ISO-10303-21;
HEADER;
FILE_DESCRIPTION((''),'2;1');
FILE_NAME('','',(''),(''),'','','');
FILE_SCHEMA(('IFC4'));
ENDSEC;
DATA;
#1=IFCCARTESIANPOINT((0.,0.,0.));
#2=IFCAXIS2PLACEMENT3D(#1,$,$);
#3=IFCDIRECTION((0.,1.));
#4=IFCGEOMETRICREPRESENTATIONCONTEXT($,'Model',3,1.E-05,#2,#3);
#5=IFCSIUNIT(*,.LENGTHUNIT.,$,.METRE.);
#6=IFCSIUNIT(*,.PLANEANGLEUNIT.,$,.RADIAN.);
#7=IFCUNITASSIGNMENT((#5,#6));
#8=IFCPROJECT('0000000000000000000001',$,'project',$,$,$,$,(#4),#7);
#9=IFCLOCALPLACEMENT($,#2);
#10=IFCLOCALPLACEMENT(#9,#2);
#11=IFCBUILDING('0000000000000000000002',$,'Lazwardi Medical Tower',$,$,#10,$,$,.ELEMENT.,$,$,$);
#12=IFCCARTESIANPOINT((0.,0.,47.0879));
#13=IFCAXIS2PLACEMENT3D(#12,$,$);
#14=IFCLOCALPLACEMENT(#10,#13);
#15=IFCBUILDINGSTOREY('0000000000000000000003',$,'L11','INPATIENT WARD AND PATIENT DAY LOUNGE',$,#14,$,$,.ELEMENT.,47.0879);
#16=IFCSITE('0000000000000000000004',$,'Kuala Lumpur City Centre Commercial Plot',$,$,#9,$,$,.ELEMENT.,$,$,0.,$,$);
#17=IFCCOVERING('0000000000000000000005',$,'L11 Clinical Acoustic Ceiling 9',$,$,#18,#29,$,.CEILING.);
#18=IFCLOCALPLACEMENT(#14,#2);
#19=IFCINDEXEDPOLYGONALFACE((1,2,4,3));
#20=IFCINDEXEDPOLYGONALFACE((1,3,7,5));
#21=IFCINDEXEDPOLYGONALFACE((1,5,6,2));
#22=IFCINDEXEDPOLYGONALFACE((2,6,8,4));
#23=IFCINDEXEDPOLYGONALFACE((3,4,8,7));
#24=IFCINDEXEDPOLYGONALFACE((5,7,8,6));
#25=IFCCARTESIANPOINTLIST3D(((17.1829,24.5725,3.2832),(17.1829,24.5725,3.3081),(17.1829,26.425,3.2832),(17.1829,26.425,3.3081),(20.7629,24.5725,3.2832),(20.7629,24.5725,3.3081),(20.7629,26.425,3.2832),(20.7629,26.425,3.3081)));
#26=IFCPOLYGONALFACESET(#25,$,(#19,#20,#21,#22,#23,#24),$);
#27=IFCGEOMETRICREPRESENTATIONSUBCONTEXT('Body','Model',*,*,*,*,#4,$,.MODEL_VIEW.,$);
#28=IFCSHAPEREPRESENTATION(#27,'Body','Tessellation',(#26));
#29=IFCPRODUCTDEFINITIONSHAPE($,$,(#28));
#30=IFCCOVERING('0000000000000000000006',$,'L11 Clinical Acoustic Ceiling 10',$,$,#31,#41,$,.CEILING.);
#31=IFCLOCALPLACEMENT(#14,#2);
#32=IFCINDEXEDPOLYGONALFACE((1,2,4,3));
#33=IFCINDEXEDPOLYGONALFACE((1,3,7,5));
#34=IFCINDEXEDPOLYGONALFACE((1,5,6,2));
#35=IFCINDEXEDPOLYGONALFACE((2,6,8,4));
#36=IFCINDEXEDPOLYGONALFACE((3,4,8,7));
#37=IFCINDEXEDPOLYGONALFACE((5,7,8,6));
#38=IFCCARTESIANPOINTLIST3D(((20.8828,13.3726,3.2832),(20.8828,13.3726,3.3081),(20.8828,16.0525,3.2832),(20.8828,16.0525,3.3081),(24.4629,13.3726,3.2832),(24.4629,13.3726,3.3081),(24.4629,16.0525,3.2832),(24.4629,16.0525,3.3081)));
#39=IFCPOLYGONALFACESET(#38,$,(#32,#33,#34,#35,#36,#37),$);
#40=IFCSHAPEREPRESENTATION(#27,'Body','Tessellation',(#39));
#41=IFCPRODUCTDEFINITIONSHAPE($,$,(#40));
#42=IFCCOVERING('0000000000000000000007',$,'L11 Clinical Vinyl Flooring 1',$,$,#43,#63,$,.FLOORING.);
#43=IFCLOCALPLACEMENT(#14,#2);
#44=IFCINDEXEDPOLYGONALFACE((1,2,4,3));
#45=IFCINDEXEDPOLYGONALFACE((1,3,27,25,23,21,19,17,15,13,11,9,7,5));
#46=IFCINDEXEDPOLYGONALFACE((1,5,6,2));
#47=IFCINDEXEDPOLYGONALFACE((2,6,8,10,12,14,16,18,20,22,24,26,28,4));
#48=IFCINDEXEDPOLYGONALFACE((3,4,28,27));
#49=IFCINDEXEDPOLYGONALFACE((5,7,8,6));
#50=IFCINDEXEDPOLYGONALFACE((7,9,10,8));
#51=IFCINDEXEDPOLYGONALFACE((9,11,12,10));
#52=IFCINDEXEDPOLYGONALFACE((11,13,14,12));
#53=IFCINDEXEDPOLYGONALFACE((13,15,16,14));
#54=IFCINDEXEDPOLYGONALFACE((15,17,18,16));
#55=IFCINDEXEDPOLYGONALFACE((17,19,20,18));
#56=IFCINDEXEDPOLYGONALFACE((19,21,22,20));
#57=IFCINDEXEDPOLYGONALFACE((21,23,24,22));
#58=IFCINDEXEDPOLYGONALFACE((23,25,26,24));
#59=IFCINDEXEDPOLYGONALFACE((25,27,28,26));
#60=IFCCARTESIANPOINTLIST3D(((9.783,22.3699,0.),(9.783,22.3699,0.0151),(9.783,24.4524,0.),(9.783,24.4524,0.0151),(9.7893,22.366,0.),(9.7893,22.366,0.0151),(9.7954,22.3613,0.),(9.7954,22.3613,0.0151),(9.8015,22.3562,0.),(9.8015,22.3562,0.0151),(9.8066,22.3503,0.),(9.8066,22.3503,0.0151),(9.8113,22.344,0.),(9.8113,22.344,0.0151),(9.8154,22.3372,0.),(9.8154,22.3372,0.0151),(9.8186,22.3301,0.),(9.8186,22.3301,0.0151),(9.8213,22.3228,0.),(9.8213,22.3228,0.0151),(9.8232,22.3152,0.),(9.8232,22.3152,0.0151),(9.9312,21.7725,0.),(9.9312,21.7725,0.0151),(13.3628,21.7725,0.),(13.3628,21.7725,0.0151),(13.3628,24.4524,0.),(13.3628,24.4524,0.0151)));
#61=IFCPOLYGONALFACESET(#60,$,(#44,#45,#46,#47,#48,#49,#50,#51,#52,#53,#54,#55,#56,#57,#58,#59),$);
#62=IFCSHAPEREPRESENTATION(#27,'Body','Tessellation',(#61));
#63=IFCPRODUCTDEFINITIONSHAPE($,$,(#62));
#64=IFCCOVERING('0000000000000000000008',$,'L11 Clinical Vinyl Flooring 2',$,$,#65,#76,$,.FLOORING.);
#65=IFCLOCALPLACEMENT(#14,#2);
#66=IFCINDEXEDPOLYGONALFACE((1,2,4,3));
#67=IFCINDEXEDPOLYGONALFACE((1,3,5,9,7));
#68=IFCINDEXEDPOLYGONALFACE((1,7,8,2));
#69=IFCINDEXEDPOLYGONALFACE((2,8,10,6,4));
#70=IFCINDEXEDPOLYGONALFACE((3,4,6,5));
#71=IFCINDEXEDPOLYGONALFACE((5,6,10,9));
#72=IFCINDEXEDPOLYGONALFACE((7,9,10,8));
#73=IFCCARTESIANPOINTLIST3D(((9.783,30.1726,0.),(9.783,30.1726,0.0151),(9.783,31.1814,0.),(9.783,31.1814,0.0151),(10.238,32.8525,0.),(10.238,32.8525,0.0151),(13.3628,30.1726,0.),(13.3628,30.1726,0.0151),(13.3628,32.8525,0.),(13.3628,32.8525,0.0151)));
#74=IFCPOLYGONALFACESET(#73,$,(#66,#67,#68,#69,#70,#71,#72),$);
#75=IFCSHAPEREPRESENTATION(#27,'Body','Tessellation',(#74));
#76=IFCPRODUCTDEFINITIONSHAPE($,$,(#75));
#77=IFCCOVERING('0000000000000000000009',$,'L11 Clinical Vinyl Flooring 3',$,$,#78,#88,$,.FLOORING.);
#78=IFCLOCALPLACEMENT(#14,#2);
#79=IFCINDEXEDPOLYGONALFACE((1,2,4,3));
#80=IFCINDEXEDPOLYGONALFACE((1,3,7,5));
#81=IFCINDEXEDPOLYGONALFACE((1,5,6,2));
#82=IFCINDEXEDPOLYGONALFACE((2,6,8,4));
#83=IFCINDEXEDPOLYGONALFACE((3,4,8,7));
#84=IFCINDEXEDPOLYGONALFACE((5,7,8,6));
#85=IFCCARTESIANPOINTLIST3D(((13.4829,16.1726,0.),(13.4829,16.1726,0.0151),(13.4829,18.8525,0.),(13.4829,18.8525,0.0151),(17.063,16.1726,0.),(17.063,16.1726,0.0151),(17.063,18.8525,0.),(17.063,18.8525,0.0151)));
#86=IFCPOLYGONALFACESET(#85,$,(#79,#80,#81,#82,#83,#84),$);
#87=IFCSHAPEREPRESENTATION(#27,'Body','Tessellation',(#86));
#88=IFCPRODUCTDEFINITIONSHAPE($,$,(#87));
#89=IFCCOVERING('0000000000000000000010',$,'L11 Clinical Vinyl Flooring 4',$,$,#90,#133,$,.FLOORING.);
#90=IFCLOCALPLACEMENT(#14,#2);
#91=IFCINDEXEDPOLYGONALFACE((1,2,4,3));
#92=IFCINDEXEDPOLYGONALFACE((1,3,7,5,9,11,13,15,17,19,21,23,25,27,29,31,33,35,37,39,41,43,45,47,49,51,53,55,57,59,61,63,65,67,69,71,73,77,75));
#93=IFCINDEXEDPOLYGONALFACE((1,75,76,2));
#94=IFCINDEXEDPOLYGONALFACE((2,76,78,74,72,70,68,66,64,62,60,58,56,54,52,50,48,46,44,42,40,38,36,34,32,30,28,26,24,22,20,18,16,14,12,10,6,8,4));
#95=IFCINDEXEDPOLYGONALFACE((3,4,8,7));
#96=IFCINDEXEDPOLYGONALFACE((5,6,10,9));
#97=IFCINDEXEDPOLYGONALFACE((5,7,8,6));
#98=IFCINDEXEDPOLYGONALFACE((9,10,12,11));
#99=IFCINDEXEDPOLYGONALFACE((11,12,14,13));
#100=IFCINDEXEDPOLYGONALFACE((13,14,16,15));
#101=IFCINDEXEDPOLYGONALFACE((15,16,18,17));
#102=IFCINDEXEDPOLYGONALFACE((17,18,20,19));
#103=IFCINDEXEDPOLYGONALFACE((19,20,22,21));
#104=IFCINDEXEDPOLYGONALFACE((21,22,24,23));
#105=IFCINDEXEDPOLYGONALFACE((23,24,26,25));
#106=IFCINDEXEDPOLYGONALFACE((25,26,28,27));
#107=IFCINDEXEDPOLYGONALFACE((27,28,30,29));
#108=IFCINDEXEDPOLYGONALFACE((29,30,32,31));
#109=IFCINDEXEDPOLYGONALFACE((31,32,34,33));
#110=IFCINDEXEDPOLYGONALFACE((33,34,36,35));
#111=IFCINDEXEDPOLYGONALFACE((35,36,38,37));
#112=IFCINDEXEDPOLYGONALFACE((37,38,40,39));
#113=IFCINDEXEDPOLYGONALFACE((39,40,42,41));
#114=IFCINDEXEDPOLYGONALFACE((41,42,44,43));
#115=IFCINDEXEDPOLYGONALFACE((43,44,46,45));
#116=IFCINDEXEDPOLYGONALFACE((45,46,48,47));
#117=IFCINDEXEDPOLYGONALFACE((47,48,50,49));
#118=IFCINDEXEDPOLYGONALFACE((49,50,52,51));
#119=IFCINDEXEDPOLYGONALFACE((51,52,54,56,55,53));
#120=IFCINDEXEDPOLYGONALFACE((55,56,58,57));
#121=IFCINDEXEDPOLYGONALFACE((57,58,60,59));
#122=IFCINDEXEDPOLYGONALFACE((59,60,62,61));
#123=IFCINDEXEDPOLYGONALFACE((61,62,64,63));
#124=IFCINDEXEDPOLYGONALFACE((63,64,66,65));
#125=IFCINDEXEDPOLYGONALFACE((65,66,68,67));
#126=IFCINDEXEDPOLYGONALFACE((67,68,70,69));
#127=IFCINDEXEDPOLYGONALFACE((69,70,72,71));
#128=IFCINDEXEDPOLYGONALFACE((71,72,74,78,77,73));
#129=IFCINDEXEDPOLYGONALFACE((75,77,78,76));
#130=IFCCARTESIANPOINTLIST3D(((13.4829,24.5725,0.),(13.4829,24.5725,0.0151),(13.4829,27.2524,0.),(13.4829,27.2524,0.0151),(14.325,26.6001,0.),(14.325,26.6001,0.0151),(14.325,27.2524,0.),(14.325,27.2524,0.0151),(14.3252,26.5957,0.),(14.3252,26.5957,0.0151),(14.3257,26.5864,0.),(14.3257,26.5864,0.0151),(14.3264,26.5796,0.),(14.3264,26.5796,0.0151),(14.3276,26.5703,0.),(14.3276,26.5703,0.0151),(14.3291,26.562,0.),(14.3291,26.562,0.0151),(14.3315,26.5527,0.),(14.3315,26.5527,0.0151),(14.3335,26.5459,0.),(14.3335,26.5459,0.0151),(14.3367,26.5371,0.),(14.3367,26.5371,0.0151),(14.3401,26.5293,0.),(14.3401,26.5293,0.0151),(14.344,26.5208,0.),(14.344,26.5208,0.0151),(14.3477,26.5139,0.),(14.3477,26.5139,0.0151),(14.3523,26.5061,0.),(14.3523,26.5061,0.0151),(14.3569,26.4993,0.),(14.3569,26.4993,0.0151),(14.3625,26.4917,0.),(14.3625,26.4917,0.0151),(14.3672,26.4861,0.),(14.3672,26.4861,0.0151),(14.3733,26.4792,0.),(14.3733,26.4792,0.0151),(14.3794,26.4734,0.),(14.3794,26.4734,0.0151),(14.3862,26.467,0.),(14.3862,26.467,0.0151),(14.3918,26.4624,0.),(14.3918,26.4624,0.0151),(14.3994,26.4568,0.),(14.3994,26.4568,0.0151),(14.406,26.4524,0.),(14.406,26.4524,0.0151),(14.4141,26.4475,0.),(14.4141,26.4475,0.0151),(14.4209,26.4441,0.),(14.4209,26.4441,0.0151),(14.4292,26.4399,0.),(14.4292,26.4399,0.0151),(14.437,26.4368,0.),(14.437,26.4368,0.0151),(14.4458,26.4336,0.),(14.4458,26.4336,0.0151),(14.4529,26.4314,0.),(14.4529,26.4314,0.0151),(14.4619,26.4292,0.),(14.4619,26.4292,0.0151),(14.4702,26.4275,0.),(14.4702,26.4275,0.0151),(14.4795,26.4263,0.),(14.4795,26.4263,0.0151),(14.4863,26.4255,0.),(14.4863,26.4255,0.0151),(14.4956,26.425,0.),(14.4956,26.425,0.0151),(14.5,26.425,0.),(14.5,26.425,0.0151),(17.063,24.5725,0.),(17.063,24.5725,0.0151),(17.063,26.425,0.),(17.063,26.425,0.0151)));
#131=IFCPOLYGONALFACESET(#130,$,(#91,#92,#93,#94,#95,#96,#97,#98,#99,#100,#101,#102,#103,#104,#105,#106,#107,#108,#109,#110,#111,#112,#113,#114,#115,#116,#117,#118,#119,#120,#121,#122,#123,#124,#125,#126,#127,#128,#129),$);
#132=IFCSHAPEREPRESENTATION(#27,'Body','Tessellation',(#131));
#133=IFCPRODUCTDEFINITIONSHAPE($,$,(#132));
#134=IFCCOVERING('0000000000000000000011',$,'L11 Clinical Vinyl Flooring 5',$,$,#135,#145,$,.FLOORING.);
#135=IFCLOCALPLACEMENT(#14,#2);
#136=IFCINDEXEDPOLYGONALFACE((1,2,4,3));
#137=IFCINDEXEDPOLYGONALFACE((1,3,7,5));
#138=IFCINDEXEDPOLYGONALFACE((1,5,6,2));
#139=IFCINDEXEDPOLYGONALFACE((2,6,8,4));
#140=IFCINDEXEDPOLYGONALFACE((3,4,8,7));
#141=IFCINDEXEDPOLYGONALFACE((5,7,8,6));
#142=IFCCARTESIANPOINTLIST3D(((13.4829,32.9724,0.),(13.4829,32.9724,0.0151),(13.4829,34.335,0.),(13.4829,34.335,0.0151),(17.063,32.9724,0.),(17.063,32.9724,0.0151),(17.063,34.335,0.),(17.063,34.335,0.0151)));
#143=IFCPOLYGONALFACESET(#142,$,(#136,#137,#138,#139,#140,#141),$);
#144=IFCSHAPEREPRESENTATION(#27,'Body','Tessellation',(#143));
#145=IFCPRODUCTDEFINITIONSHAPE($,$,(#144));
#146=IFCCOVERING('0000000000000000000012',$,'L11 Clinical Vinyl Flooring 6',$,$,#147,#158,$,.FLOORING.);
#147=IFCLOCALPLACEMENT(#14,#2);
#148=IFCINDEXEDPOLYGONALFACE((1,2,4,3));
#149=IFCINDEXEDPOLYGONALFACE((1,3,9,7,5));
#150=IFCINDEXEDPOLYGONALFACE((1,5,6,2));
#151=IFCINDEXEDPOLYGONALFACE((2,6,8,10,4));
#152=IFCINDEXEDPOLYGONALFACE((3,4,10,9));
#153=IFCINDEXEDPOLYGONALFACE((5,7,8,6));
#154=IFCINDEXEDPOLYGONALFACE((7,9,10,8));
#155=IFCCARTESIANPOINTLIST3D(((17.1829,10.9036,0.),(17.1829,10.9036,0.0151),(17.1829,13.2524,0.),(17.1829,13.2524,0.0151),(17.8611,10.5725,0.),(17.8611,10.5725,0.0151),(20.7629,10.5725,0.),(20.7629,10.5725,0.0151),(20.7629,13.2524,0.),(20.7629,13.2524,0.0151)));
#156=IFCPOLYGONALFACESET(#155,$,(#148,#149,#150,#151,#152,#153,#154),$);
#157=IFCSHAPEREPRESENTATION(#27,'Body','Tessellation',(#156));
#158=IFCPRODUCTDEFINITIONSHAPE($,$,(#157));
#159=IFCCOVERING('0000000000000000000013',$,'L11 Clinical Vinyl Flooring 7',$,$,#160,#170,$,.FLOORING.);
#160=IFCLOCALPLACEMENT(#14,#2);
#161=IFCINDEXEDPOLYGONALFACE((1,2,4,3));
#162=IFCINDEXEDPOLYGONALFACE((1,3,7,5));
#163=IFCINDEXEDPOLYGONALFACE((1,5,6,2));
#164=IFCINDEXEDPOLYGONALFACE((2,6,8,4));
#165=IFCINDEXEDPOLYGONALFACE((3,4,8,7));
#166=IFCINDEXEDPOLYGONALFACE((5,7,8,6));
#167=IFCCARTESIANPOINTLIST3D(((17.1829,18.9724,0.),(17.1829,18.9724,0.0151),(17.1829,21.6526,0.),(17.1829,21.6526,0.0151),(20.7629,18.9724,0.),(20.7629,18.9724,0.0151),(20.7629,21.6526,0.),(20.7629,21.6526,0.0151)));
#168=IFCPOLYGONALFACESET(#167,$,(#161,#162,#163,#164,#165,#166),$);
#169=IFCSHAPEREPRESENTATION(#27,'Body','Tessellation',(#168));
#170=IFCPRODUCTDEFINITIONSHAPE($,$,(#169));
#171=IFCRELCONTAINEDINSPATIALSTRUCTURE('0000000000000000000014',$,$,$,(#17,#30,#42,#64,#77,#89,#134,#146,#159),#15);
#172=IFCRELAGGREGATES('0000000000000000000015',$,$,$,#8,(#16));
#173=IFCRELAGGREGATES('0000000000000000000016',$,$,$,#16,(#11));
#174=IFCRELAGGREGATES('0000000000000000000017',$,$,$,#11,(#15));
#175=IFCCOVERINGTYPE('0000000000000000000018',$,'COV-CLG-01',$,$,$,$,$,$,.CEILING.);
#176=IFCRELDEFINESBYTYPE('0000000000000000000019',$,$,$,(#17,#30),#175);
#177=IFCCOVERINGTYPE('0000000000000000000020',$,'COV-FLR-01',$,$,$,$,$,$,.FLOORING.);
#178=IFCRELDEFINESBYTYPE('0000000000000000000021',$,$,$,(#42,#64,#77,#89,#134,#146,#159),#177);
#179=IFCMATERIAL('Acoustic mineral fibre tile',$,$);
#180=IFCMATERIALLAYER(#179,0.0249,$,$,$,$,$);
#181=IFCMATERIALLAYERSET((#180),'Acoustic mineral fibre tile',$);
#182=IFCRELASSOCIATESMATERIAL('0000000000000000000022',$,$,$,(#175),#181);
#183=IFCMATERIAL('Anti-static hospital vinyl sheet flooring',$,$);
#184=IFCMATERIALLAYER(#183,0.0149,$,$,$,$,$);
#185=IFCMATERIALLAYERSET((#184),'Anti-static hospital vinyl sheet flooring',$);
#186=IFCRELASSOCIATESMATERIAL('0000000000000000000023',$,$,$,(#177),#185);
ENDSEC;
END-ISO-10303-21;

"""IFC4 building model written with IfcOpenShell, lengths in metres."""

from ifc_helpers import new_model, si_unit, direction, frame, origin, place, context, subcontext, project, spatial, polyline, outline, extrude, material, layer, layer_set, type_object, element, save


model = new_model("IFC4")

# Units and contexts
model_context = context("Model", 3, precision=1e-05, world=origin(), true_north=direction((0.0, 1.0)))
body_context = subcontext(model_context, "Body", "Model", "MODEL_VIEW")
ifc_project = project(units=[si_unit("LENGTHUNIT", "METRE"), si_unit("PLANEANGLEUNIT", "RADIAN")], contexts=[model_context])

# Site, building, storey
site_placement = place(None, origin())
site = spatial("IfcSite", under=ifc_project, at=site_placement, Name="Kuala Lumpur City Centre Commercial Plot", CompositionType="ELEMENT", RefElevation=0.0)
building_placement = place(site_placement, origin())
building = spatial("IfcBuilding", under=site, at=building_placement, Name="Lazwardi Medical Tower", CompositionType="ELEMENT")
storey_placement = place(building_placement, frame((0.0, 0.0, 47.0879)))
storey = spatial("IfcBuildingStorey", under=building, at=storey_placement, Name="L11", Description="INPATIENT WARD AND PATIENT DAY LOUNGE", CompositionType="ELEMENT", Elevation=47.0879)

# Coverings
ifc_material_1 = material(Name="Acoustic mineral fibre tile")
ifc_layer_1 = layer(ifc_material_1, 0.0249)
ifc_layer_set_1 = layer_set([ifc_layer_1], Name="Acoustic mineral fibre tile")
covering_type_1 = type_object("IfcCoveringType", Name="COV-CLG-01", PredefinedType="CEILING", material=ifc_layer_set_1)
covering_1_placement = place(storey_placement, frame((0.0, 0.0, 3.2832)))
element("IfcCovering", 1, at=covering_1_placement, inside=storey, type_object=covering_type_1, Name="L11 Clinical Acoustic Ceiling 9", PredefinedType="CEILING", context=body_context, shape_type="SweptSolid", body=[
    extrude(outline(polyline([(20.7629, 26.425), (17.1829, 26.425), (17.1829, 24.5725), (20.7629, 24.5725), (20.7629, 26.425)])), origin(), (0.0, 0.0, 1.0), 0.0249),
])
covering_2_placement = place(storey_placement, frame((0.0, 0.0, 3.2832)))
element("IfcCovering", 2, at=covering_2_placement, inside=storey, type_object=covering_type_1, Name="L11 Clinical Acoustic Ceiling 10", PredefinedType="CEILING", context=body_context, shape_type="SweptSolid", body=[
    extrude(outline(polyline([(24.4629, 13.3726), (24.4629, 16.0525), (20.8828, 16.0525), (20.8828, 13.3726), (24.4629, 13.3726)])), origin(), (0.0, 0.0, 1.0), 0.0249),
])
ifc_material_2 = material(Name="Anti-static hospital vinyl sheet flooring")
ifc_layer_2 = layer(ifc_material_2, 0.0149)
ifc_layer_set_2 = layer_set([ifc_layer_2], Name="Anti-static hospital vinyl sheet flooring")
covering_type_2 = type_object("IfcCoveringType", Name="COV-FLR-01", PredefinedType="FLOORING", material=ifc_layer_set_2)
covering_3_placement = place(storey_placement, origin())
element("IfcCovering", 3, at=covering_3_placement, inside=storey, type_object=covering_type_2, Name="L11 Clinical Vinyl Flooring 1", PredefinedType="FLOORING", context=body_context, shape_type="SweptSolid", body=[
    extrude(outline(polyline([(9.783, 22.3699), (9.7893, 22.366), (9.7954, 22.3613), (9.8015, 22.3562), (9.8066, 22.3503), (9.8113, 22.344), (9.8154, 22.3372), (9.8186, 22.3301), (9.8213, 22.3228), (9.8232, 22.3152), (9.9312, 21.7725), (13.3628, 21.7725), (13.3628, 24.4524), (9.783, 24.4524), (9.783, 22.3699)])), origin(), (0.0, 0.0, 1.0), 0.0151),
])
covering_4_placement = place(storey_placement, origin())
element("IfcCovering", 4, at=covering_4_placement, inside=storey, type_object=covering_type_2, Name="L11 Clinical Vinyl Flooring 2", PredefinedType="FLOORING", context=body_context, shape_type="SweptSolid", body=[
    extrude(outline(polyline([(10.238, 32.8525), (9.783, 31.1814), (9.783, 30.1726), (13.3628, 30.1726), (13.3628, 32.8525), (10.238, 32.8525)])), origin(), (0.0, 0.0, 1.0), 0.0151),
])
covering_5_placement = place(storey_placement, origin())
element("IfcCovering", 5, at=covering_5_placement, inside=storey, type_object=covering_type_2, Name="L11 Clinical Vinyl Flooring 3", PredefinedType="FLOORING", context=body_context, shape_type="SweptSolid", body=[
    extrude(outline(polyline([(17.063, 16.1726), (17.063, 18.8525), (13.4829, 18.8525), (13.4829, 16.1726), (17.063, 16.1726)])), origin(), (0.0, 0.0, 1.0), 0.0151),
])
covering_6_placement = place(storey_placement, origin())
element("IfcCovering", 6, at=covering_6_placement, inside=storey, type_object=covering_type_2, Name="L11 Clinical Vinyl Flooring 4", PredefinedType="FLOORING", context=body_context, shape_type="SweptSolid", body=[
    extrude(outline(polyline([(17.063, 26.425), (14.5, 26.425), (14.4956, 26.425), (14.4863, 26.4255), (14.4795, 26.4263), (14.4702, 26.4275), (14.4619, 26.4292), (14.4529, 26.4314), (14.4458, 26.4336), (14.437, 26.4368), (14.4292, 26.4399), (14.4209, 26.4441), (14.4141, 26.4475), (14.406, 26.4524), (14.3994, 26.4568), (14.3918, 26.4624), (14.3862, 26.467), (14.3794, 26.4734), (14.3733, 26.4792), (14.3672, 26.4861), (14.3625, 26.4917), (14.3569, 26.4993), (14.3523, 26.5061), (14.3477, 26.5139), (14.344, 26.5208), (14.3401, 26.5293), (14.3367, 26.5371), (14.3335, 26.5459), (14.3315, 26.5527), (14.3291, 26.562), (14.3276, 26.5703), (14.3264, 26.5796), (14.3257, 26.5864), (14.3252, 26.5957), (14.325, 26.6001), (14.325, 27.2524), (13.4829, 27.2524), (13.4829, 24.5725), (17.063, 24.5725), (17.063, 26.425)])), origin(), (0.0, 0.0, 1.0), 0.0151),
])
covering_7_placement = place(storey_placement, origin())
element("IfcCovering", 7, at=covering_7_placement, inside=storey, type_object=covering_type_2, Name="L11 Clinical Vinyl Flooring 5", PredefinedType="FLOORING", context=body_context, shape_type="SweptSolid", body=[
    extrude(outline(polyline([(17.063, 34.335), (13.4829, 34.335), (13.4829, 32.9724), (17.063, 32.9724), (17.063, 34.335)])), origin(), (0.0, 0.0, 1.0), 0.0151),
])
covering_8_placement = place(storey_placement, origin())
element("IfcCovering", 8, at=covering_8_placement, inside=storey, type_object=covering_type_2, Name="L11 Clinical Vinyl Flooring 6", PredefinedType="FLOORING", context=body_context, shape_type="SweptSolid", body=[
    extrude(outline(polyline([(17.1829, 10.9036), (17.8611, 10.5725), (20.7629, 10.5725), (20.7629, 13.2524), (17.1829, 13.2524), (17.1829, 10.9036)])), origin(), (0.0, 0.0, 1.0), 0.0151),
])
covering_9_placement = place(storey_placement, origin())
element("IfcCovering", 9, at=covering_9_placement, inside=storey, type_object=covering_type_2, Name="L11 Clinical Vinyl Flooring 7", PredefinedType="FLOORING", context=body_context, shape_type="SweptSolid", body=[
    extrude(outline(polyline([(20.7629, 18.9724), (20.7629, 21.6526), (17.1829, 21.6526), (17.1829, 18.9724), (20.7629, 18.9724)])), origin(), (0.0, 0.0, 1.0), 0.0151),
])

save(model, "model.ifc")
